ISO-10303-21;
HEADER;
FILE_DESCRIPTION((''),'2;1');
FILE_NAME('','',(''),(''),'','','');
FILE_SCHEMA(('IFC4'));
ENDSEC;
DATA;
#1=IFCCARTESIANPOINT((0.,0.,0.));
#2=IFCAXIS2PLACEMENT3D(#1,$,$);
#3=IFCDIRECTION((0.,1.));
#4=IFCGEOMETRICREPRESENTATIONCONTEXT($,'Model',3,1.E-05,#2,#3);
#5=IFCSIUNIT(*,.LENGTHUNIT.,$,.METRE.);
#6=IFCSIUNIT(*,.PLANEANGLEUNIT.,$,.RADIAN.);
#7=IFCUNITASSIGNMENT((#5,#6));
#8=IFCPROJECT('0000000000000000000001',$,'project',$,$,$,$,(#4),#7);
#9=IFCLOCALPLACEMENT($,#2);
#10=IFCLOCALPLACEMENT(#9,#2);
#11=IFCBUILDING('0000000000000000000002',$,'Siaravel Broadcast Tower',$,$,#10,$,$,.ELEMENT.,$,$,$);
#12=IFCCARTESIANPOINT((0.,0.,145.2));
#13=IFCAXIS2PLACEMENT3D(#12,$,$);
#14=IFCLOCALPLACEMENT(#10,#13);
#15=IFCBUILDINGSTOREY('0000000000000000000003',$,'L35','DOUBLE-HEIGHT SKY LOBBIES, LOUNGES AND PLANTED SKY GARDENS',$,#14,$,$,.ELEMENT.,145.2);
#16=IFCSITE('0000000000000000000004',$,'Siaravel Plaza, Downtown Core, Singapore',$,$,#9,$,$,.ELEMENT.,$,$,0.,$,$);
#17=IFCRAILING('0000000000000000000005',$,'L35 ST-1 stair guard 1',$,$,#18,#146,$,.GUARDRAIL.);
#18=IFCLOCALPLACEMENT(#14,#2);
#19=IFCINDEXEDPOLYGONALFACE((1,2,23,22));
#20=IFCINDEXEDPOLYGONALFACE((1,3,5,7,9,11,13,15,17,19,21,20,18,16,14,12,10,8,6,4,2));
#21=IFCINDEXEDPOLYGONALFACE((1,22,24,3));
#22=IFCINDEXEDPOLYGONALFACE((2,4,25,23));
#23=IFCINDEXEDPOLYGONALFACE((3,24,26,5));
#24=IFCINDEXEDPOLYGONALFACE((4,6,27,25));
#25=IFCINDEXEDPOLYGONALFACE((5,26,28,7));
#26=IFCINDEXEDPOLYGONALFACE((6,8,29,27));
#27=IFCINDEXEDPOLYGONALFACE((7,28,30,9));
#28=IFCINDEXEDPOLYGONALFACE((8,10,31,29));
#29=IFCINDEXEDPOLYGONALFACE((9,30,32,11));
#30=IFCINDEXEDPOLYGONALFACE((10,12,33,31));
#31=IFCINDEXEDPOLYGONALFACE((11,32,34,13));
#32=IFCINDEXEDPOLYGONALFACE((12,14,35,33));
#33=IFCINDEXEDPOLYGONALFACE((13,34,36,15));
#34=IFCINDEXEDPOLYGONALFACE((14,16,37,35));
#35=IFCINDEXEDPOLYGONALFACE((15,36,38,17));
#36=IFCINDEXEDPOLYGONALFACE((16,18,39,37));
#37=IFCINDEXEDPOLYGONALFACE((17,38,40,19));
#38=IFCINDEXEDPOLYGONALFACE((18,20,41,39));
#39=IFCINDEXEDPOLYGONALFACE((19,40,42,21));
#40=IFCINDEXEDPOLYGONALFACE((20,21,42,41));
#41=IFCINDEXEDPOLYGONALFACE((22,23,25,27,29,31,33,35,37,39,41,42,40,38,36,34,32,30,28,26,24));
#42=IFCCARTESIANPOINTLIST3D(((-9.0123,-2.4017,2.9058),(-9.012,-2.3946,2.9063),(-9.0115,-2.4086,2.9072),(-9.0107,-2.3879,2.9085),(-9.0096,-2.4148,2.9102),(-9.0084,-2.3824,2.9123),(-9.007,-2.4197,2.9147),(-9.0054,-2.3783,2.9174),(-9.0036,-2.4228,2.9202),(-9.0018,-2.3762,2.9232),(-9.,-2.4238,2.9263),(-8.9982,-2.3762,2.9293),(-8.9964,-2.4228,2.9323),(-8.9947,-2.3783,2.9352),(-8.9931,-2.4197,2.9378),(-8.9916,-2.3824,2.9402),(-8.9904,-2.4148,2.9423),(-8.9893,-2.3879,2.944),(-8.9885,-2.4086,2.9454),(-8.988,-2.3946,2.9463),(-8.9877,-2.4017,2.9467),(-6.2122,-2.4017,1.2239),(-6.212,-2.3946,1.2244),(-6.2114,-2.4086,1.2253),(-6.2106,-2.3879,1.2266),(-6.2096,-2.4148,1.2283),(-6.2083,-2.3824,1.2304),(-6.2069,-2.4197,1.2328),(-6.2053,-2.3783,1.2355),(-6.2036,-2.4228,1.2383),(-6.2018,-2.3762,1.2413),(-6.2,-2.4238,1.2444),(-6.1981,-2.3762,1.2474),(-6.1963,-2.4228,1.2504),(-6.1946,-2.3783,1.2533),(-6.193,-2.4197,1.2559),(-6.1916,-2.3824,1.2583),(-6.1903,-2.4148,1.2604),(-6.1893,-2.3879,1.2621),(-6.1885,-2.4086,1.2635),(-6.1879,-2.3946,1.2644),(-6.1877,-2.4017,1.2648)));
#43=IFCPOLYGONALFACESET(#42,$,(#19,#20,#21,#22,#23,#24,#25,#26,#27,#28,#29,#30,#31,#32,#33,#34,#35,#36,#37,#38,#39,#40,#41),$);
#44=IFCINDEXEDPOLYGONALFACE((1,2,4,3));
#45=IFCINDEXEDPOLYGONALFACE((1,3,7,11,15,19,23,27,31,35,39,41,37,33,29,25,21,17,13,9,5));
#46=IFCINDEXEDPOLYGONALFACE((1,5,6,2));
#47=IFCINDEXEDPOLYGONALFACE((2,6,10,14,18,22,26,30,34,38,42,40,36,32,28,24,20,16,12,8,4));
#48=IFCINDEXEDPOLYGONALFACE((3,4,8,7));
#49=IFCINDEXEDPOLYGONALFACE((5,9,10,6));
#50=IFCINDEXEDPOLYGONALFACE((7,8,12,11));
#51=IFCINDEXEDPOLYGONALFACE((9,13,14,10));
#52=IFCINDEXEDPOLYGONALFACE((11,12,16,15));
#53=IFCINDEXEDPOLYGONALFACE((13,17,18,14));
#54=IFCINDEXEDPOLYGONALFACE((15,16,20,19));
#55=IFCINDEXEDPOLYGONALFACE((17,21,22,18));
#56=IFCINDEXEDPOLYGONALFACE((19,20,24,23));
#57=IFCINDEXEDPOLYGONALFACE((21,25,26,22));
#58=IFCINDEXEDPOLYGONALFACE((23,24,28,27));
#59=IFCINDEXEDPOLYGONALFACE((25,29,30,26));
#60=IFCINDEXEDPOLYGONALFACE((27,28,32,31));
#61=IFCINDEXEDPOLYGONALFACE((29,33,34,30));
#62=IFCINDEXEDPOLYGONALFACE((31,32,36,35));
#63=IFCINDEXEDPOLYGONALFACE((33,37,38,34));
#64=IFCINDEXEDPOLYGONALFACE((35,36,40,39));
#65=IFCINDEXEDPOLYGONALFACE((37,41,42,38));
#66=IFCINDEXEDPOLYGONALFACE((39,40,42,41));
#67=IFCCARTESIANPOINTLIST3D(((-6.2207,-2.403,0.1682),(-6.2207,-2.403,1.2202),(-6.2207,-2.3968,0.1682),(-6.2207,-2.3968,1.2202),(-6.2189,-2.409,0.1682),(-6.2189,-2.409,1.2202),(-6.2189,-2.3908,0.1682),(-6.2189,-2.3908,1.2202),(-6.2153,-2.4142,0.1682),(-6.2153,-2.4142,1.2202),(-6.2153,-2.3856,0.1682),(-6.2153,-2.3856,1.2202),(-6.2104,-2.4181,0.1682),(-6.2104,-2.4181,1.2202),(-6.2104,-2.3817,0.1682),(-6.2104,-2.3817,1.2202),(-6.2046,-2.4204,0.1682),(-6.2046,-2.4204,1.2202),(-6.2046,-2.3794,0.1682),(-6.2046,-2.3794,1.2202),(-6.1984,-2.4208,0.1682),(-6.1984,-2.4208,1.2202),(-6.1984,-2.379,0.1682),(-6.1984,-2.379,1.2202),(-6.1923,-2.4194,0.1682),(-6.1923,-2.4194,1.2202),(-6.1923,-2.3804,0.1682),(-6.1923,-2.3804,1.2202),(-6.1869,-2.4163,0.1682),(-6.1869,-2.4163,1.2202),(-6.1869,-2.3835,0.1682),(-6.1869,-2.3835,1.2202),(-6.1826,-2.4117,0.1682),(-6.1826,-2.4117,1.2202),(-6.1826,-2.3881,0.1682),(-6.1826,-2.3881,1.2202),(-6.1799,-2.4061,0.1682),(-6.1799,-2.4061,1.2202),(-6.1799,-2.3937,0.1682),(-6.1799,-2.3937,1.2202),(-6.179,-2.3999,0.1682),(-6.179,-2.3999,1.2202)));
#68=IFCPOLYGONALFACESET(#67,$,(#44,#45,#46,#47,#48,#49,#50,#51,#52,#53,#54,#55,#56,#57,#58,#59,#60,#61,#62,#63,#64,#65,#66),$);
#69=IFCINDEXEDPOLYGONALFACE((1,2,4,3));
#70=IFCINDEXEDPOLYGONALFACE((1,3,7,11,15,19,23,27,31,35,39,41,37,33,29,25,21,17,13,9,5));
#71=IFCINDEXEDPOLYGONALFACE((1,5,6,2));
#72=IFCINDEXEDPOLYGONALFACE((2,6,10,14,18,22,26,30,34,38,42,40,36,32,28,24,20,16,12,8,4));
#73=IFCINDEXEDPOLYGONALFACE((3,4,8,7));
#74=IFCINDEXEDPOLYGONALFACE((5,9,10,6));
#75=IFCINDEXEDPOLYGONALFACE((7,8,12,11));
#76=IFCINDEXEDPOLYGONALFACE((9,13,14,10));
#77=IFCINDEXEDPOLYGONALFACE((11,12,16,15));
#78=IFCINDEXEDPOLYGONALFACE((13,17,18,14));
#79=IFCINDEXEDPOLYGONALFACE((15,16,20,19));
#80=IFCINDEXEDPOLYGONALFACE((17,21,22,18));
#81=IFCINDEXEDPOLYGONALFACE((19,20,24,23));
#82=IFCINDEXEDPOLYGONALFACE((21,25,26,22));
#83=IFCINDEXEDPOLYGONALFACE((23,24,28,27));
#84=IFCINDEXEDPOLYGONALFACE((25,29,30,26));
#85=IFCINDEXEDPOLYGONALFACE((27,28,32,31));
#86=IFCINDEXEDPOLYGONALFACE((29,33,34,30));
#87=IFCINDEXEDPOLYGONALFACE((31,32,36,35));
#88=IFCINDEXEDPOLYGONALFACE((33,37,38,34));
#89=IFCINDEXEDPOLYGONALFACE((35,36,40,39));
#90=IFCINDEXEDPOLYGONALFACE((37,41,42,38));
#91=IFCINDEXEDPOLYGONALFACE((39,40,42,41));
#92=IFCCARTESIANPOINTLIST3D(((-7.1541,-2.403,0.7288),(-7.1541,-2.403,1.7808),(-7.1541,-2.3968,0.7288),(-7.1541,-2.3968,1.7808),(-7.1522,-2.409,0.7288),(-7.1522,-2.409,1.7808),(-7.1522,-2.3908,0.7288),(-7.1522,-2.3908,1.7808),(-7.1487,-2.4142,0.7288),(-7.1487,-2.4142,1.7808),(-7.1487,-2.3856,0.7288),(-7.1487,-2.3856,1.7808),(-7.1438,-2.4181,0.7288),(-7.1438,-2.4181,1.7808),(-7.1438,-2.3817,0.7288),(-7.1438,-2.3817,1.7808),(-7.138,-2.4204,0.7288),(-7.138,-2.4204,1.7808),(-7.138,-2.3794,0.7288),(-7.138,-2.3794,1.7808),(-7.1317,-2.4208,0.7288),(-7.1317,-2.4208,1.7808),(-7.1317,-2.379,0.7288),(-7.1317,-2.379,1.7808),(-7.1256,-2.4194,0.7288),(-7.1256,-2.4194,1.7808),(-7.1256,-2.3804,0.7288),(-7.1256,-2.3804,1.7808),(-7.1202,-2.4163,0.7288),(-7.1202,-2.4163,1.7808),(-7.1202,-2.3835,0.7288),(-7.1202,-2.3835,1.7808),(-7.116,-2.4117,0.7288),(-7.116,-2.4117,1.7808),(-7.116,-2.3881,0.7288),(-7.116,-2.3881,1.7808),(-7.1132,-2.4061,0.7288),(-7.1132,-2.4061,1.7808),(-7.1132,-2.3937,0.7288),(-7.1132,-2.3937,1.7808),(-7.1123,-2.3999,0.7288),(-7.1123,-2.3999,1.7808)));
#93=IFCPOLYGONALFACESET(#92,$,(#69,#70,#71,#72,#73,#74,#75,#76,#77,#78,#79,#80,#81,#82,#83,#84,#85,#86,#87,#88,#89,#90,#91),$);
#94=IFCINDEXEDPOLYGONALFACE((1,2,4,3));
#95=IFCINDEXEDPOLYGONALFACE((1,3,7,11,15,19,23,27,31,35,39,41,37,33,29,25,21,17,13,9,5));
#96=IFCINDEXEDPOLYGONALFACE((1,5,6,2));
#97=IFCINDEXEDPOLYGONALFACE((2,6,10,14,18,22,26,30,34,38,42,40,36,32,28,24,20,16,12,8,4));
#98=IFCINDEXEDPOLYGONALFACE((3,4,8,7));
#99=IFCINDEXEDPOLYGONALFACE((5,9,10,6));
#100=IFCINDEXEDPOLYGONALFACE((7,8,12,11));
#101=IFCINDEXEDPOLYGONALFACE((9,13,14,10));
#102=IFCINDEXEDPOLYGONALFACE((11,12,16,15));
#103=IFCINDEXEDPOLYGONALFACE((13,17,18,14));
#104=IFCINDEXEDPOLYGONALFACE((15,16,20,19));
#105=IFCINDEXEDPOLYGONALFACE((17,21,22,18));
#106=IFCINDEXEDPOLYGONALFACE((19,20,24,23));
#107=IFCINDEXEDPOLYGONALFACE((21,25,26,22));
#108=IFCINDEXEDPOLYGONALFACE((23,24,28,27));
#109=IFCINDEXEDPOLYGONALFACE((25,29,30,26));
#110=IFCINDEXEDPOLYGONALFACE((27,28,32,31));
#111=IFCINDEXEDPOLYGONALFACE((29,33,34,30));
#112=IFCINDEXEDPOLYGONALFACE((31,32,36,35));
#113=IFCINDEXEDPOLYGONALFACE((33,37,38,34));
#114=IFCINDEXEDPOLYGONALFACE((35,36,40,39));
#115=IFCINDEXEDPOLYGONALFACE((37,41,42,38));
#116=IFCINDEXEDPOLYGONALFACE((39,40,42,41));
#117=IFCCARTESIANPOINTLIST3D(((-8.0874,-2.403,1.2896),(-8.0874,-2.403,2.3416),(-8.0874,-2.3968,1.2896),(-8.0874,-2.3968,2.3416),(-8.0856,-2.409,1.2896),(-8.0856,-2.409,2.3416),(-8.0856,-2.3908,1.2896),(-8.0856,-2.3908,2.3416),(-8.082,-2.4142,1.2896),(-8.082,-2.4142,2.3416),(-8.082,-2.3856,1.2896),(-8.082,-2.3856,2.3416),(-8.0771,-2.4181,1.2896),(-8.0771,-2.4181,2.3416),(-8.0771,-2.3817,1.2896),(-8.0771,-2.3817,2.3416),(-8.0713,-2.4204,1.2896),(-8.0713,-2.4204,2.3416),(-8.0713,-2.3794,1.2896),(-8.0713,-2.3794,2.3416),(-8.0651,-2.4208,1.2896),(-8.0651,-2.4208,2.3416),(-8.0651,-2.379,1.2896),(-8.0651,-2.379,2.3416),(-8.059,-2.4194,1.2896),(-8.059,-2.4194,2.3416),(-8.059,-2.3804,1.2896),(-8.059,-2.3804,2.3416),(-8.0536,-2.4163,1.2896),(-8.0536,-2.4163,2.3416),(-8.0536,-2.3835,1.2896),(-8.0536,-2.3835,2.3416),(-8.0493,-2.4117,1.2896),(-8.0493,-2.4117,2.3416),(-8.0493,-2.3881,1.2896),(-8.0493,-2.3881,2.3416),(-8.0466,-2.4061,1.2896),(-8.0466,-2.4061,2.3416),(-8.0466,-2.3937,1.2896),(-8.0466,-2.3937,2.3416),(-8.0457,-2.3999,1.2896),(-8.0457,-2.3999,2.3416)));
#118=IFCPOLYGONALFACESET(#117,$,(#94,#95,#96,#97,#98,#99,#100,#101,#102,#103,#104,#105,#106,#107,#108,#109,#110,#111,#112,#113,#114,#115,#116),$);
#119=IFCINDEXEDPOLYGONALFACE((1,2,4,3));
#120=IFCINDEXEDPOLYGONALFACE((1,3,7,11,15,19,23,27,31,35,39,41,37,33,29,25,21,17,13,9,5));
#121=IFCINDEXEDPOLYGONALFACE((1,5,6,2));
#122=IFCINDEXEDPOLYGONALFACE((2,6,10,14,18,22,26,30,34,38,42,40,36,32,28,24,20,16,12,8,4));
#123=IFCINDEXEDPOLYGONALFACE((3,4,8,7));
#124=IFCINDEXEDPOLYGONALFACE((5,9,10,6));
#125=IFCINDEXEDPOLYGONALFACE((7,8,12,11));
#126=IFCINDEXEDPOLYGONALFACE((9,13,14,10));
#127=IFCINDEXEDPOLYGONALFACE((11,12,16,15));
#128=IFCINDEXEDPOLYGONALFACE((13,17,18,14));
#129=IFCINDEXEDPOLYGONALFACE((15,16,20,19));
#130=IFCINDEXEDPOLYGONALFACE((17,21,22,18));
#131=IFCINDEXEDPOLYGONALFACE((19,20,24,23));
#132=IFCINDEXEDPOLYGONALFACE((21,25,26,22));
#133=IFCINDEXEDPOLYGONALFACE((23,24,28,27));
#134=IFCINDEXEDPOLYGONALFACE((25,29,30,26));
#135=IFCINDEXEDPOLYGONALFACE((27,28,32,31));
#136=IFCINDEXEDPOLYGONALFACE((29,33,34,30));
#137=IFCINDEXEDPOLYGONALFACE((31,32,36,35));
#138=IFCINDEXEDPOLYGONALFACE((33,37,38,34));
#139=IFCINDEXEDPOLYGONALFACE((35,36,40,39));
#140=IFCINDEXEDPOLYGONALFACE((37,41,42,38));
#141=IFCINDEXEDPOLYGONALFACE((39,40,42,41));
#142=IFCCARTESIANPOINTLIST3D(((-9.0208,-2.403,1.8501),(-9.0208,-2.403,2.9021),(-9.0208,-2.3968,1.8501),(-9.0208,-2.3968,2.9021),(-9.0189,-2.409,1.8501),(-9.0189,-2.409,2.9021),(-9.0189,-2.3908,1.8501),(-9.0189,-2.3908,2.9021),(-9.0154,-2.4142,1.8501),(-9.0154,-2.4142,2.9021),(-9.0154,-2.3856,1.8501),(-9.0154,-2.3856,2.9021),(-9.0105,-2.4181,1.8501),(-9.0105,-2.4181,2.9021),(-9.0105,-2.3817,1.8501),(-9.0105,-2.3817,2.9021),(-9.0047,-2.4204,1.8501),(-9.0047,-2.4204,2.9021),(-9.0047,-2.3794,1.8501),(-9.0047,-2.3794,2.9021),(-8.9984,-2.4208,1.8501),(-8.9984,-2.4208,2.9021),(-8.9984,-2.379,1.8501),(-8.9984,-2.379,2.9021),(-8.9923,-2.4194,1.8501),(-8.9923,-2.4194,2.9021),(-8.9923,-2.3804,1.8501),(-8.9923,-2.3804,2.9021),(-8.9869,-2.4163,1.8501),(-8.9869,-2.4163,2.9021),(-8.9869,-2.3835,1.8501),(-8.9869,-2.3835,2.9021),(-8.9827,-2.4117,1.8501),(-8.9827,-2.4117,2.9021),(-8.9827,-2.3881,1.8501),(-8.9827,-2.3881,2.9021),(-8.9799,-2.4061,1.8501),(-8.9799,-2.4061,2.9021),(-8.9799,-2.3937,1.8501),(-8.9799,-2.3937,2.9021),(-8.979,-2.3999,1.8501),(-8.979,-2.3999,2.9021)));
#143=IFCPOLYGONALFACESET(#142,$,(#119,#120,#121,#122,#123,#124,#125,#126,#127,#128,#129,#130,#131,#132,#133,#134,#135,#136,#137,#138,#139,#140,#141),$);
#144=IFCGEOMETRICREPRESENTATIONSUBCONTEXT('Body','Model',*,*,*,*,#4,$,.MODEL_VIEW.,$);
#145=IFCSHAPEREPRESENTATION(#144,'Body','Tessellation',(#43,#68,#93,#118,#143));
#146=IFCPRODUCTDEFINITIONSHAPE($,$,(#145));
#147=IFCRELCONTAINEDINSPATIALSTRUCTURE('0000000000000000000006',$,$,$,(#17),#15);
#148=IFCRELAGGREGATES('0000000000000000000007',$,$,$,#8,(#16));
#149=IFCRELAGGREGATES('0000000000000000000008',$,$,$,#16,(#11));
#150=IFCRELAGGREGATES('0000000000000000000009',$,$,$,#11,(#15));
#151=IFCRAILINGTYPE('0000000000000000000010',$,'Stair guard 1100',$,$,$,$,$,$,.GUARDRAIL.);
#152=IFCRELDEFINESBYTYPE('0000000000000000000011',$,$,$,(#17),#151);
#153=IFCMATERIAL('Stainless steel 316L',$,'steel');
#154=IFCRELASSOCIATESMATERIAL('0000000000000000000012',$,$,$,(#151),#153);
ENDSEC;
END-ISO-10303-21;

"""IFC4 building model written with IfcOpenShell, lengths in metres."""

from ifc_helpers import new_model, si_unit, direction, frame, origin, origin_2d, place, context, subcontext, project, spatial, circle, extrude, material, type_object, element, save


model = new_model("IFC4")

# Units and contexts
model_context = context("Model", 3, precision=1e-05, world=origin(), true_north=direction((0.0, 1.0)))
body_context = subcontext(model_context, "Body", "Model", "MODEL_VIEW")
ifc_project = project(units=[si_unit("LENGTHUNIT", "METRE"), si_unit("PLANEANGLEUNIT", "RADIAN")], contexts=[model_context])

# Site, building, storey
site_placement = place(None, origin())
site = spatial("IfcSite", under=ifc_project, at=site_placement, Name="Siaravel Plaza, Downtown Core, Singapore", CompositionType="ELEMENT", RefElevation=0.0)
building_placement = place(site_placement, origin())
building = spatial("IfcBuilding", under=site, at=building_placement, Name="Siaravel Broadcast Tower", CompositionType="ELEMENT")
storey_placement = place(building_placement, frame((0.0, 0.0, 145.2)))
storey = spatial("IfcBuildingStorey", under=building, at=storey_placement, Name="L35", Description="DOUBLE-HEIGHT SKY LOBBIES, LOUNGES AND PLANTED SKY GARDENS", CompositionType="ELEMENT", Elevation=145.2)

# Railing
ifc_material_1 = material(Name="Stainless steel 316L", Category="steel")
railing_type_1 = type_object("IfcRailingType", Name="Stair guard 1100", PredefinedType="GUARDRAIL", material=ifc_material_1)
railing_1_placement = place(storey_placement, frame((-6.2, -2.3999, 0.1682)))
element("IfcRailing", 1, at=railing_1_placement, inside=storey, type_object=railing_type_1, Name="L35 ST-1 stair guard 1", PredefinedType="GUARDRAIL", context=body_context, shape_type="SweptSolid", body=[
    extrude(circle(Radius=0.0239, at=origin_2d()), frame((0.0, 0.0, 1.0762), z_axis=(-0.857242, 0.0, 0.514913), x_axis=(0.0, -1.0, 0.0)), (0.0, 0.0, 1.0), 3.2664),
    extrude(circle(Radius=0.021, at=origin_2d()), origin(), (0.0, 0.0, 1.0), 1.052),
    extrude(circle(Radius=0.021, at=origin_2d()), frame((-0.9333, 0.0, 0.5605)), (0.0, 0.0, 1.0), 1.052),
    extrude(circle(Radius=0.021, at=origin_2d()), frame((-1.8667, 0.0, 1.1213)), (0.0, 0.0, 1.0), 1.052),
    extrude(circle(Radius=0.021, at=origin_2d()), frame((-2.8, 0.0, 1.6819)), (0.0, 0.0, 1.0), 1.052),
])

save(model, "model.ifc")
